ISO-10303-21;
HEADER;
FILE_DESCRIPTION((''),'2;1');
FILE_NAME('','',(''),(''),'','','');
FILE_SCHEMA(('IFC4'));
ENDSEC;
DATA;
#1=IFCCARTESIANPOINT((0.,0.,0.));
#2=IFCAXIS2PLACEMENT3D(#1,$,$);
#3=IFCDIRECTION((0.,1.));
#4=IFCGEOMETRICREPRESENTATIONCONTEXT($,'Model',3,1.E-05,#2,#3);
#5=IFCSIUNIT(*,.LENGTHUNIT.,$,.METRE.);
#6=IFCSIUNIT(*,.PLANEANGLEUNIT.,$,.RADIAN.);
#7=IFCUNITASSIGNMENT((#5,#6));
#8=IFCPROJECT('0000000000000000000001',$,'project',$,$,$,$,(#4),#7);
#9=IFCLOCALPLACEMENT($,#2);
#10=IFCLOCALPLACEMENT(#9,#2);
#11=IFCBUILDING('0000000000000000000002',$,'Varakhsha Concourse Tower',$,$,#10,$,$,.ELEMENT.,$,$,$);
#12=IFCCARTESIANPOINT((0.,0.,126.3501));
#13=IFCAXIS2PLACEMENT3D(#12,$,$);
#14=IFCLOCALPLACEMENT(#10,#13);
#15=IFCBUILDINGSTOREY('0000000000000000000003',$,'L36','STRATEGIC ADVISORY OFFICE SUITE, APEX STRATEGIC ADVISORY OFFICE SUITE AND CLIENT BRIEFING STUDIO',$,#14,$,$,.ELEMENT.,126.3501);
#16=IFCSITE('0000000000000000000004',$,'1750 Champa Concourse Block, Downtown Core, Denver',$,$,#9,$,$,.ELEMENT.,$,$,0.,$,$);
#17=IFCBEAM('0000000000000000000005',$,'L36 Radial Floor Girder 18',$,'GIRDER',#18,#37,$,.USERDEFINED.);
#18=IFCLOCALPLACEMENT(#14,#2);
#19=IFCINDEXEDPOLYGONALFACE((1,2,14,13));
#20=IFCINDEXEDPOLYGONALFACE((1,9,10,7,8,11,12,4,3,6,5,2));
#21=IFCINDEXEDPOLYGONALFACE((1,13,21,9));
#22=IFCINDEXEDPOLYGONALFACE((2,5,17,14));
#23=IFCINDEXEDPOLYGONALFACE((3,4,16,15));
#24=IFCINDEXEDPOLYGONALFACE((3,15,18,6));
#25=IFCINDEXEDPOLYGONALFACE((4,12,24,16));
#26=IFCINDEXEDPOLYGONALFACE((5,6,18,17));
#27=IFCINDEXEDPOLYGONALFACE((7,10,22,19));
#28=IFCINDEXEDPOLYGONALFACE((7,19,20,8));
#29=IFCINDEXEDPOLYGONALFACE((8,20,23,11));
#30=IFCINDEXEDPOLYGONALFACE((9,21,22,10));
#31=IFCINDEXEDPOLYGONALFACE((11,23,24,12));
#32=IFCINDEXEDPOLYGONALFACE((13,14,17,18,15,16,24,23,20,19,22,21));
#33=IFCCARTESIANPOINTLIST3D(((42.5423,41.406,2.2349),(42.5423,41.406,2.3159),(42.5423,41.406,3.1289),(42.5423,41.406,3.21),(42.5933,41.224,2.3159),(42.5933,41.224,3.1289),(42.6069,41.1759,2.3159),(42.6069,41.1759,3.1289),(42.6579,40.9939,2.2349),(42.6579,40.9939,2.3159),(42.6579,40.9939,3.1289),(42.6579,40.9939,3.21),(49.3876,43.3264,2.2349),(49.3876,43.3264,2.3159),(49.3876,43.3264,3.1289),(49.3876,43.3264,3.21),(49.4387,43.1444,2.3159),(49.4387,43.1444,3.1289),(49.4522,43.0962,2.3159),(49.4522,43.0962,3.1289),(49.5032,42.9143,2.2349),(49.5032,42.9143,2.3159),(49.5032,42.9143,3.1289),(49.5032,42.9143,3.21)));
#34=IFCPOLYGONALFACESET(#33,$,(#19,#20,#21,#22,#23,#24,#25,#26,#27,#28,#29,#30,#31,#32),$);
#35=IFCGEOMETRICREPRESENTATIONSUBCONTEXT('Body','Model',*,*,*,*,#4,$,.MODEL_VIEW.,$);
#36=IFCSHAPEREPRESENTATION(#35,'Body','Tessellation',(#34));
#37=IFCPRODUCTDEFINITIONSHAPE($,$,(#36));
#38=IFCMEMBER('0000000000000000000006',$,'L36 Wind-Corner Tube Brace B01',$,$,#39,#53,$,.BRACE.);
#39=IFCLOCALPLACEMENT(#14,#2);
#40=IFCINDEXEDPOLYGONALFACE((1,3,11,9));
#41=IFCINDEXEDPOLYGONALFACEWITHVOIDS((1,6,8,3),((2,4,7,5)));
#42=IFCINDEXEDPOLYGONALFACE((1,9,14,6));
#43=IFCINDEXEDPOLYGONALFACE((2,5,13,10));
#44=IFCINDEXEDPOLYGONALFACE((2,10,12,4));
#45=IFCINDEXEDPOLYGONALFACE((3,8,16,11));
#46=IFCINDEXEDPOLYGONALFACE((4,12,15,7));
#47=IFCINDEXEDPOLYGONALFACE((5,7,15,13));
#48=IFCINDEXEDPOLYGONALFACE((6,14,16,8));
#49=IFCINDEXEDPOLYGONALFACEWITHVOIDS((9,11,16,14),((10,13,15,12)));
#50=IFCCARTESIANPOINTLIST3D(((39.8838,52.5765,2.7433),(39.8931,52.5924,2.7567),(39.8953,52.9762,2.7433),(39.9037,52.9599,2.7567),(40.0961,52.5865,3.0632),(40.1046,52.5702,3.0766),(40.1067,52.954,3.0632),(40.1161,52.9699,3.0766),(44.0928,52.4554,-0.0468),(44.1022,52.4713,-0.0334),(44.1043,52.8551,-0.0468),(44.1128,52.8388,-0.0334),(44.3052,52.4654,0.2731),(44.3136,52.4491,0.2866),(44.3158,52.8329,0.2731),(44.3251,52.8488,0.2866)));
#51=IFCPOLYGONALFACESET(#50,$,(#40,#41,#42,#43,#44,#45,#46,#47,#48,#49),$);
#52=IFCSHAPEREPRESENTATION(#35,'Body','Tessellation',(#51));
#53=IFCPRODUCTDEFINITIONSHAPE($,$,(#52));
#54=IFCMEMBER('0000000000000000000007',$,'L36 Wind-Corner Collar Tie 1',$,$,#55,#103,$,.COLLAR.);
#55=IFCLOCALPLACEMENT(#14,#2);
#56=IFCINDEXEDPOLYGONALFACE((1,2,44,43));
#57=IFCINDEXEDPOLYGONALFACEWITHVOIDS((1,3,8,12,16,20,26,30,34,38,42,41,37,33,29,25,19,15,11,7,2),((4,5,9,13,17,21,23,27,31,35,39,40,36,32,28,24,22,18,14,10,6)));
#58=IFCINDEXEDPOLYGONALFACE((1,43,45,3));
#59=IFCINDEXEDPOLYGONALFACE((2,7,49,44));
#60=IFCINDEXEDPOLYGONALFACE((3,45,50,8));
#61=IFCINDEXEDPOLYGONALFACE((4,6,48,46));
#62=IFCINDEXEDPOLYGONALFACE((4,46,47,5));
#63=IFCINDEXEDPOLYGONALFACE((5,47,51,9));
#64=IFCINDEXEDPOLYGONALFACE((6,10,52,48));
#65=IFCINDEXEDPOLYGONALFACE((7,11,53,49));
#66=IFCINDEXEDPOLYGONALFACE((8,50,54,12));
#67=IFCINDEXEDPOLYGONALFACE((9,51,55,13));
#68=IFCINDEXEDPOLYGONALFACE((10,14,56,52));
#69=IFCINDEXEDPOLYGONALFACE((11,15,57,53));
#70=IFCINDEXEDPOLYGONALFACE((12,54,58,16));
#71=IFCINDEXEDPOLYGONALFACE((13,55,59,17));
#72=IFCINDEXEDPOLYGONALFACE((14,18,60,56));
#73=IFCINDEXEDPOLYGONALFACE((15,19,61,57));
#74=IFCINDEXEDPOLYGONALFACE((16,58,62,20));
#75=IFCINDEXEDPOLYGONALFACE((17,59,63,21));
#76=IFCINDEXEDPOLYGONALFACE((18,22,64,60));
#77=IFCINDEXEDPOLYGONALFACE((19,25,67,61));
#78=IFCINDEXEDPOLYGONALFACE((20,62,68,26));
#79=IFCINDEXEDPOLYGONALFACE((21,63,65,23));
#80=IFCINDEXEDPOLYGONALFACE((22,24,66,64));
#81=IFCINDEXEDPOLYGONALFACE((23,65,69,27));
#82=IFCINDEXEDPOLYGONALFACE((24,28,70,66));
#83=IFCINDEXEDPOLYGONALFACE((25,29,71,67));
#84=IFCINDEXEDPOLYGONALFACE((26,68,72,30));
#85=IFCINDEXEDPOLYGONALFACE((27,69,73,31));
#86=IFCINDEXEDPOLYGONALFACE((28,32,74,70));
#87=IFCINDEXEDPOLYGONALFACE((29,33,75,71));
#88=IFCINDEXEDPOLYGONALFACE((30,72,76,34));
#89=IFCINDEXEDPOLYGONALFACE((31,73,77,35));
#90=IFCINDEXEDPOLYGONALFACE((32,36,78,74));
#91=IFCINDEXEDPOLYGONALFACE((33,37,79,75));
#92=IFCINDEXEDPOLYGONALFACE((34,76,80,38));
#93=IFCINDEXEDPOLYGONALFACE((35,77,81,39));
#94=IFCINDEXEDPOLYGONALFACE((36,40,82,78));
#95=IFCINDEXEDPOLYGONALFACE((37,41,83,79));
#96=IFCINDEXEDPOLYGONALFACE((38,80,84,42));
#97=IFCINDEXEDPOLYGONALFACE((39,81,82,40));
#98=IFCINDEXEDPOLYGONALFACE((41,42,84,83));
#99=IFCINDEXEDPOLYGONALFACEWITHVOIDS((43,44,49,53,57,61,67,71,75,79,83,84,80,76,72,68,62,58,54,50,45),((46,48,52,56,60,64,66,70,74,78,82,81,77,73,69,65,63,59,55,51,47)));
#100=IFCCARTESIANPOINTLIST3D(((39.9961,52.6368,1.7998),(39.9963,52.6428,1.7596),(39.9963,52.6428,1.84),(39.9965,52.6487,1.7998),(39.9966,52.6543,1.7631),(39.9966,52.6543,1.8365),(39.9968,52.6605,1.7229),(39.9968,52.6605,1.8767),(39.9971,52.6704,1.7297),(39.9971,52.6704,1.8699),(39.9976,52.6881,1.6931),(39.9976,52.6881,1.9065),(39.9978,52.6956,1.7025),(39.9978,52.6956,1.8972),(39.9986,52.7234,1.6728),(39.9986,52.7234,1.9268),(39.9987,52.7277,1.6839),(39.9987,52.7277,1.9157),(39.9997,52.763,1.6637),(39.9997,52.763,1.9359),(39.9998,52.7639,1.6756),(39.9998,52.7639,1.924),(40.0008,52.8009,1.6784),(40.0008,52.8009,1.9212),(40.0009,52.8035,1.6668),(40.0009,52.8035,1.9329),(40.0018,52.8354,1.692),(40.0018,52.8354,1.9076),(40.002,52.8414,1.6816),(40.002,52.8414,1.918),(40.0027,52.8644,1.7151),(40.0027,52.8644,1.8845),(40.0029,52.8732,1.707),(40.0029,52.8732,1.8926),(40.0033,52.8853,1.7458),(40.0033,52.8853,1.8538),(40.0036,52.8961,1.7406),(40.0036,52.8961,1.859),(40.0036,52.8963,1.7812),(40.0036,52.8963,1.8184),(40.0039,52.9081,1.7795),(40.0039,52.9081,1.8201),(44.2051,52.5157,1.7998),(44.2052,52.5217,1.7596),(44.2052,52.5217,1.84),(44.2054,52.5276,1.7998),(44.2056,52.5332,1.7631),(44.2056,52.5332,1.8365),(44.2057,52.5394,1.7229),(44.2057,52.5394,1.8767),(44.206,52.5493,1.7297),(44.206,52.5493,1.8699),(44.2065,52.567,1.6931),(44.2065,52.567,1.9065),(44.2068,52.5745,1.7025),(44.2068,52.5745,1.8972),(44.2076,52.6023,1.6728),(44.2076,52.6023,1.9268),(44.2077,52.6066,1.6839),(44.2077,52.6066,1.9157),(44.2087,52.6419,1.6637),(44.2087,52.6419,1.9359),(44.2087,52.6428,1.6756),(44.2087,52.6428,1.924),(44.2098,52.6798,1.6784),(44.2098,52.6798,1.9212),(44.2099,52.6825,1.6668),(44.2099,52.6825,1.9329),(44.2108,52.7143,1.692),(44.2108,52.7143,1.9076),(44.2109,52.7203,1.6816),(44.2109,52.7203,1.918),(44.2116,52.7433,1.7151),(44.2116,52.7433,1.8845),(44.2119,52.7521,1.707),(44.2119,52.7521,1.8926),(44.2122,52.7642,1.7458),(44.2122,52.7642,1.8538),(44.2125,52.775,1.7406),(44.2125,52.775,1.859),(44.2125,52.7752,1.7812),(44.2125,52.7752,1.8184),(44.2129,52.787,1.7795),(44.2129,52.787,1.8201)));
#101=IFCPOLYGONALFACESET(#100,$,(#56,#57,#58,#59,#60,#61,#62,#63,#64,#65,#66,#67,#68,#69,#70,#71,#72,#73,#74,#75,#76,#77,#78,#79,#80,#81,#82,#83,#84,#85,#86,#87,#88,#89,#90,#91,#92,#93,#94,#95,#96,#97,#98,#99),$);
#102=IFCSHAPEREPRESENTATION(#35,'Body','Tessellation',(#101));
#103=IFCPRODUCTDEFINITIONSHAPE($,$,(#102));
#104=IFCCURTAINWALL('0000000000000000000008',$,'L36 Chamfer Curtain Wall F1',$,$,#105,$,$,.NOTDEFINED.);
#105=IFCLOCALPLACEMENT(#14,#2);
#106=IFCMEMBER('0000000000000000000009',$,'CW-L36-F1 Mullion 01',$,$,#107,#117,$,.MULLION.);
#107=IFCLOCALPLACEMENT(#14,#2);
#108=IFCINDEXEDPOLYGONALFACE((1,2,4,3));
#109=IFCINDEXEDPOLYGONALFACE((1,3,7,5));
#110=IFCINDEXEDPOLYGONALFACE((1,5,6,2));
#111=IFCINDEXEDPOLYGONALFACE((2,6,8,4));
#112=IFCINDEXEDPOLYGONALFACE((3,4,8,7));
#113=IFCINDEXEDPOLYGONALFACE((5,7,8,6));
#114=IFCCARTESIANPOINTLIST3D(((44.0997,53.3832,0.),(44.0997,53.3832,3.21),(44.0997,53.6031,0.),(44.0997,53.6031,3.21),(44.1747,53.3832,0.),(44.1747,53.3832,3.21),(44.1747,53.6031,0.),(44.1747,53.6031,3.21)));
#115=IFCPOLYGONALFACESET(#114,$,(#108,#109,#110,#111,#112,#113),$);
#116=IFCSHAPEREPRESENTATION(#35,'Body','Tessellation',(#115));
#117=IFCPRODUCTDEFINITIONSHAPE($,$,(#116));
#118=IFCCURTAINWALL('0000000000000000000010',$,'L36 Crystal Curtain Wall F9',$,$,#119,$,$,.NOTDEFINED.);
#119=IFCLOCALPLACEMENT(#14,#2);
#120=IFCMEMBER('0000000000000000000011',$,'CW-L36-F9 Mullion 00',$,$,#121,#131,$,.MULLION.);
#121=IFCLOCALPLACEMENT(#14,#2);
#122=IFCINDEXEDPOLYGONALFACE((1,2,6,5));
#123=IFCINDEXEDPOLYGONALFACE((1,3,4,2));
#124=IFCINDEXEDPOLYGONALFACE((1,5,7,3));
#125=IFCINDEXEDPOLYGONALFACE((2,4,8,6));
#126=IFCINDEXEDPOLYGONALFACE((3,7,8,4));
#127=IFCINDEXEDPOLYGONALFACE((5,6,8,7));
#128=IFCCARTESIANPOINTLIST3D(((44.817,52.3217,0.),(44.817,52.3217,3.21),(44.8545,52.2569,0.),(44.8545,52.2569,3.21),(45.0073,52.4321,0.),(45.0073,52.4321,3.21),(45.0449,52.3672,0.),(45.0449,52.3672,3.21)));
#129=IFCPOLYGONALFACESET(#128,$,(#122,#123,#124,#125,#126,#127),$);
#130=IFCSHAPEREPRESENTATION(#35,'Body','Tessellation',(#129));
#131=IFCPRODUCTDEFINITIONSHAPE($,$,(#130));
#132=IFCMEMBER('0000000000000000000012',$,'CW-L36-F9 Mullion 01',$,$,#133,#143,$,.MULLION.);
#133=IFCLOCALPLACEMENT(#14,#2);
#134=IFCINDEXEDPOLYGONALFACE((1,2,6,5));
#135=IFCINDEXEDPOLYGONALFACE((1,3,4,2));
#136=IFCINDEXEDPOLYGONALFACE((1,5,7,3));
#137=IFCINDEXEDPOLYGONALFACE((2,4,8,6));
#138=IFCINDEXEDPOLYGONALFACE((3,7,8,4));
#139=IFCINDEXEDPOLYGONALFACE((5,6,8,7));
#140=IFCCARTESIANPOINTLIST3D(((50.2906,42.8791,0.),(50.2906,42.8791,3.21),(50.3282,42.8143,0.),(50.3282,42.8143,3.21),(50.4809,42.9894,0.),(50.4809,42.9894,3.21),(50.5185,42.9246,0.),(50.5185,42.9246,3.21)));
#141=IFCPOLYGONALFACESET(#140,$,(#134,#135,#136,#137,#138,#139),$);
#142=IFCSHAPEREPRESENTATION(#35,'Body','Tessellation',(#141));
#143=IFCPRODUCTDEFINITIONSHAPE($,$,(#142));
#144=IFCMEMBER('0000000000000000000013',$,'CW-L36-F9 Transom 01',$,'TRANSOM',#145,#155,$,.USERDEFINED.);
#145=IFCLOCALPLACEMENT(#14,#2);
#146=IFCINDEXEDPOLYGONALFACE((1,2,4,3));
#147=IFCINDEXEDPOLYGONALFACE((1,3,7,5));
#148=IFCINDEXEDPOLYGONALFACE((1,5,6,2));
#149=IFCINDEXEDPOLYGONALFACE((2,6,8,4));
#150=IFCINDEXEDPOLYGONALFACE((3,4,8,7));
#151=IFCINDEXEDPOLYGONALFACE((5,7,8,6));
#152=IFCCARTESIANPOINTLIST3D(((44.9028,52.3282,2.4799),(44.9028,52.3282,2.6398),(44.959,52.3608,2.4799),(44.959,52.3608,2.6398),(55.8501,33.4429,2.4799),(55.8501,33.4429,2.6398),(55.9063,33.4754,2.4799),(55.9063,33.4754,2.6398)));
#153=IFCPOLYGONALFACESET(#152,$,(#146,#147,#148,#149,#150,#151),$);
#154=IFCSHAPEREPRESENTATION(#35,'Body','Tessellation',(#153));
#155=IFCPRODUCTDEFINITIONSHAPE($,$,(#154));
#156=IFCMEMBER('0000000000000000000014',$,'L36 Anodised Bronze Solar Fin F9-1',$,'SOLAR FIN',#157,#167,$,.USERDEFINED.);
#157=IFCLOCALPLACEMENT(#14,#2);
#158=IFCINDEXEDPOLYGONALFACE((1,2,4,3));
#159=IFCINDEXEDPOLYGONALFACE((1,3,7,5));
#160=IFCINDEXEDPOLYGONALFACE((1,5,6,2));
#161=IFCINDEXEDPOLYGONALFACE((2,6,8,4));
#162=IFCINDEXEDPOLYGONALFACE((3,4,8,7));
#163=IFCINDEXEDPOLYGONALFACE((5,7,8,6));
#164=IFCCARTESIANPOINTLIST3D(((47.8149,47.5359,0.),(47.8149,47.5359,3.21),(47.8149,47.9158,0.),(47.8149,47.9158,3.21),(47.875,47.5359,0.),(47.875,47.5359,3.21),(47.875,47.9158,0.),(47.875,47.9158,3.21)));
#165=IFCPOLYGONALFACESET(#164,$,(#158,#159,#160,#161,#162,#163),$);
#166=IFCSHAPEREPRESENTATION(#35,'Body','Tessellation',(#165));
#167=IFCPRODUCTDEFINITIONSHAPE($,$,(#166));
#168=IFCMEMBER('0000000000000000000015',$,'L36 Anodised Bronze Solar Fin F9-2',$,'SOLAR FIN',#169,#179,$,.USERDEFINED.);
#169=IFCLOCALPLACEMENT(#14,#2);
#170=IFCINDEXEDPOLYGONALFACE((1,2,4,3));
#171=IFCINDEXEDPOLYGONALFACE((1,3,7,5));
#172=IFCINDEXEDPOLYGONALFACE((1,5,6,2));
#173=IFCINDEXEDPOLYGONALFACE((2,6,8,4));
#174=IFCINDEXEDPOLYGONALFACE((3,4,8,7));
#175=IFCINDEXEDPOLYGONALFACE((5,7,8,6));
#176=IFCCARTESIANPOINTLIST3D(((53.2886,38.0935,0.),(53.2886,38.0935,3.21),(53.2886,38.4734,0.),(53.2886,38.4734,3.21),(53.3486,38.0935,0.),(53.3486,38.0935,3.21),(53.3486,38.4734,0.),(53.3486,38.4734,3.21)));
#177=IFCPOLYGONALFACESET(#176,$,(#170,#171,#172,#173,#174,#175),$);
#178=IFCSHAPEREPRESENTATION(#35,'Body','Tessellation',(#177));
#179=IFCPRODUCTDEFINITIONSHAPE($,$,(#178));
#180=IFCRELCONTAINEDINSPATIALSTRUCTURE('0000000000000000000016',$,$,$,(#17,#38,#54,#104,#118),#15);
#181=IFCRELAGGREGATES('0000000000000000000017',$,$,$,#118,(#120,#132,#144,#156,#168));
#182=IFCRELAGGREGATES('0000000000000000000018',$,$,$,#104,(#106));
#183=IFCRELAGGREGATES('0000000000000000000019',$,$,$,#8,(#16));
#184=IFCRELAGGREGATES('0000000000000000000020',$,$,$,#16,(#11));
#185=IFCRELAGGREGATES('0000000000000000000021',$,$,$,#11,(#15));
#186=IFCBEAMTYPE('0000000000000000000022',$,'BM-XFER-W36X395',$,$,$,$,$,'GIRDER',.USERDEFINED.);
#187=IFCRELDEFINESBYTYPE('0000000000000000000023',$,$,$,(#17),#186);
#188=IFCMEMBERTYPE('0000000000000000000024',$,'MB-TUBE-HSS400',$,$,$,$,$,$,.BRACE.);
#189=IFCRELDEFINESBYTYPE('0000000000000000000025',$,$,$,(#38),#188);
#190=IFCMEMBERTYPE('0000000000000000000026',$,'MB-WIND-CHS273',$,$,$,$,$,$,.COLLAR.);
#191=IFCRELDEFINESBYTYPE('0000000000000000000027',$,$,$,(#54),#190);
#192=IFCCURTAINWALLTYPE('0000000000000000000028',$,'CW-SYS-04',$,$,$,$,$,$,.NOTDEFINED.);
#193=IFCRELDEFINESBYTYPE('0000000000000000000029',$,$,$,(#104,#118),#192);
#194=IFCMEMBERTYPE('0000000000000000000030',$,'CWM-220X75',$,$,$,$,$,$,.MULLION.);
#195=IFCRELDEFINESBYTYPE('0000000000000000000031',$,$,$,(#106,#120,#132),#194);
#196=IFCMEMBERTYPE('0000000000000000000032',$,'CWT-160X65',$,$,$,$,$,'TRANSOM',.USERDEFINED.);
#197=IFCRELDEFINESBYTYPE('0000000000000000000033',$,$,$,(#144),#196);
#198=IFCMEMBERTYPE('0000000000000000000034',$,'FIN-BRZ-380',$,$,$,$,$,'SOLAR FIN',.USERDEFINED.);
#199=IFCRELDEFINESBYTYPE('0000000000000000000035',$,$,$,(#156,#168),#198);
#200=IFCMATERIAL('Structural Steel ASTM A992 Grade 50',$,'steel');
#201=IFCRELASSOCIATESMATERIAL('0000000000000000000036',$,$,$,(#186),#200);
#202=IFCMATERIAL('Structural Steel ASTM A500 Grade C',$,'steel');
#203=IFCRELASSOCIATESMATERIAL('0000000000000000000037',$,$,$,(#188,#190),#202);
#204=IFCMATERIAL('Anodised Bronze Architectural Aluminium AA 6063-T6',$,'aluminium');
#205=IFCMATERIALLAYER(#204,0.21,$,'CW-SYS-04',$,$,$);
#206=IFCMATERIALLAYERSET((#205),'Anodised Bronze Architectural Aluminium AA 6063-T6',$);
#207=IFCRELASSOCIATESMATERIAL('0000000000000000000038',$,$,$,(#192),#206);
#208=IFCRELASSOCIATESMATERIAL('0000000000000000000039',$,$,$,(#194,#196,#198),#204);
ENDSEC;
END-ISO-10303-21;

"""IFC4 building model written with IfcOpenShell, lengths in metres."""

from ifc_helpers import new_model, si_unit, direction, frame, origin, origin_2d, place, context, subcontext, project, spatial, rectangle, hollow_rectangle, hollow_circle, i_section, extrude, source, transform, mapped, material, layer, layer_set, material_profile, profile_set, type_object, type_shapes, element, aggregate, save


model = new_model("IFC4")

# Units and contexts
model_context = context("Model", 3, precision=1e-05, world=origin(), true_north=direction((0.0, 1.0)))
body_context = subcontext(model_context, "Body", "Model", "MODEL_VIEW")
ifc_project = project(units=[si_unit("LENGTHUNIT", "METRE"), si_unit("PLANEANGLEUNIT", "RADIAN")], contexts=[model_context])

# Site, building, storey
site_placement = place(None, origin())
site = spatial("IfcSite", under=ifc_project, at=site_placement, Name="1750 Champa Concourse Block, Downtown Core, Denver", CompositionType="ELEMENT", RefElevation=0.0)
building_placement = place(site_placement, origin())
building = spatial("IfcBuilding", under=site, at=building_placement, Name="Varakhsha Concourse Tower", CompositionType="ELEMENT")
storey_placement = place(building_placement, frame((0.0, 0.0, 126.3501)))
storey = spatial("IfcBuildingStorey", under=building, at=storey_placement, Name="L36", Description="STRATEGIC ADVISORY OFFICE SUITE, APEX STRATEGIC ADVISORY OFFICE SUITE AND CLIENT BRIEFING STUDIO", CompositionType="ELEMENT", Elevation=126.3501)

# Shared definitions
ifc_material_1 = material(Name="Structural Steel ASTM A992 Grade 50", Category="steel")

# Beam
ifc_material_profile_1 = material_profile(ifc_material_1, i_section(OverallWidth=0.428, OverallDepth=0.9751, WebThickness=0.05, FlangeThickness=0.0811, at=origin_2d()), Name="W36X395")
ifc_profile_set_1 = profile_set([ifc_material_profile_1], Name="Structural Steel ASTM A992 Grade 50")
beam_type_1 = type_object("IfcBeamType", Name="BM-XFER-W36X395", ElementType="GIRDER", PredefinedType="USERDEFINED", material=ifc_profile_set_1)
beam_1_placement = place(storey_placement, frame((42.6001, 41.2, 2.7224), z_axis=(0.962829, 0.27011, 0.0), x_axis=(-0.27011, 0.962829, 0.0)))
element("IfcBeam", 1, at=beam_1_placement, inside=storey, type_object=beam_type_1, Name="L36 Radial Floor Girder 18", ObjectType="GIRDER", PredefinedType="USERDEFINED", context=body_context, shape_type="SweptSolid", body=[
    extrude(i_section(OverallWidth=0.428, OverallDepth=0.9751, WebThickness=0.05, FlangeThickness=0.0811, at=origin_2d()), origin(), (0.0, 0.0, 1.0), 7.1096),
])

# Members
ifc_material_2 = material(Name="Structural Steel ASTM A500 Grade C", Category="steel")
ifc_material_profile_2 = material_profile(ifc_material_2, hollow_rectangle(XDim=0.3999, YDim=0.3999, WallThickness=0.0161, at=origin_2d()), Name="HSS 400x400x16")
ifc_profile_set_2 = profile_set([ifc_material_profile_2], Name="Structural Steel ASTM A500 Grade C")
member_type_1 = type_object("IfcMemberType", Name="MB-TUBE-HSS400", PredefinedType="BRACE", material=ifc_profile_set_2)
shared_shape_1 = source(origin(), body_context, "Body", "SweptSolid", [
    extrude(hollow_rectangle(XDim=0.3999, YDim=0.3999, WallThickness=0.0161, at=origin_2d()), origin(), (0.0, 0.0, 1.0), 5.0513),
])
type_shapes(member_type_1, [shared_shape_1])
member_1_placement = place(storey_placement, frame((44.209, 52.6521, 0.1199), z_axis=(-0.833266, 0.023973, 0.552353), x_axis=(-0.028758, -0.999586, 0.0)))
element("IfcMember", 2, at=member_1_placement, inside=storey, type_object=member_type_1, Name="L36 Wind-Corner Tube Brace B01", PredefinedType="BRACE", context=body_context, shape_type="MappedRepresentation", body=[
    mapped(shared_shape_1, transform((0.0, 0.0, 0.0), scale=1.0)),
])
ifc_material_profile_3 = material_profile(ifc_material_2, hollow_circle(Radius=0.1365, WallThickness=0.012, at=origin_2d()), Name="CHS 273x12")
ifc_profile_set_3 = profile_set([ifc_material_profile_3], Name="Structural Steel ASTM A500 Grade C")
member_type_2 = type_object("IfcMemberType", Name="MB-WIND-CHS273", PredefinedType="COLLAR", material=ifc_profile_set_3)
shared_shape_2 = source(origin(), body_context, "Body", "SweptSolid", [
    extrude(hollow_circle(Radius=0.1365, WallThickness=0.012, at=origin_2d()), origin(), (0.0, 0.0, 1.0), 4.2107),
])
type_shapes(member_type_2, [shared_shape_2])
member_2_placement = place(storey_placement, frame((44.209, 52.6521, 1.7998), z_axis=(-0.999586, 0.028758, 0.0), x_axis=(-0.028758, -0.999586, 0.0)))
element("IfcMember", 3, at=member_2_placement, inside=storey, type_object=member_type_2, Name="L36 Wind-Corner Collar Tie 1", PredefinedType="COLLAR", context=body_context, shape_type="MappedRepresentation", body=[
    mapped(shared_shape_2, transform((0.0, 0.0, 0.0), scale=1.0)),
])

# Curtain wall, member
ifc_material_3 = material(Name="Anodised Bronze Architectural Aluminium AA 6063-T6", Category="aluminium")
ifc_layer_1 = layer(ifc_material_3, 0.21, Name="CW-SYS-04")
ifc_layer_set_1 = layer_set([ifc_layer_1], Name="Anodised Bronze Architectural Aluminium AA 6063-T6")
curtain_wall_type = type_object("IfcCurtainWallType", Name="CW-SYS-04", PredefinedType="NOTDEFINED", material=ifc_layer_set_1)
curtain_wall_1_placement = place(storey_placement, origin())
curtain_wall_1 = element("IfcCurtainWall", 4, at=curtain_wall_1_placement, inside=storey, type_object=curtain_wall_type, Name="L36 Chamfer Curtain Wall F1", PredefinedType="NOTDEFINED")
ifc_material_profile_4 = material_profile(ifc_material_3, rectangle(XDim=0.075, YDim=0.22, at=origin_2d()), Name="CWM-220X75")
ifc_profile_set_4 = profile_set([ifc_material_profile_4], Name="Anodised Bronze Architectural Aluminium AA 6063-T6")
member_type_3 = type_object("IfcMemberType", Name="CWM-220X75", PredefinedType="MULLION", material=ifc_profile_set_4)
shared_shape_3 = source(origin(), body_context, "Body", "SweptSolid", [
    extrude(rectangle(XDim=0.075, YDim=0.22, at=origin_2d()), origin(), (0.0, 0.0, 1.0), 3.21),
])
type_shapes(member_type_3, [shared_shape_3])
member_3_placement = place(storey_placement, frame((44.1372, 53.4932, 0.0), z_axis=(0.0, 0.0, 1.0), x_axis=(1.0, 0.0, 0.0)))
member_3 = element("IfcMember", 5, at=member_3_placement, type_object=member_type_3, Name="CW-L36-F1 Mullion 01", PredefinedType="MULLION", context=body_context, shape_type="MappedRepresentation", body=[
    mapped(shared_shape_3, transform((0.0, 0.0, 0.0), scale=1.0)),
])

# Curtain wall, members
curtain_wall_2_placement = place(storey_placement, origin())
curtain_wall_2 = element("IfcCurtainWall", 6, at=curtain_wall_2_placement, inside=storey, type_object=curtain_wall_type, Name="L36 Crystal Curtain Wall F9", PredefinedType="NOTDEFINED")
member_4_placement = place(storey_placement, frame((44.9309, 52.3445, 0.0), z_axis=(0.0, 0.0, 1.0), x_axis=(0.501514, -0.86515, 0.0)))
member_4 = element("IfcMember", 7, at=member_4_placement, type_object=member_type_3, Name="CW-L36-F9 Mullion 00", PredefinedType="MULLION", context=body_context, shape_type="MappedRepresentation", body=[
    mapped(shared_shape_3, transform((0.0, 0.0, 0.0), scale=1.0)),
])
member_5_placement = place(storey_placement, frame((50.4045, 42.9019, 0.0), z_axis=(0.0, 0.0, 1.0), x_axis=(0.501514, -0.86515, 0.0)))
member_5 = element("IfcMember", 8, at=member_5_placement, type_object=member_type_3, Name="CW-L36-F9 Mullion 01", PredefinedType="MULLION", context=body_context, shape_type="MappedRepresentation", body=[
    mapped(shared_shape_3, transform((0.0, 0.0, 0.0), scale=1.0)),
])
ifc_material_profile_5 = material_profile(ifc_material_3, rectangle(XDim=0.0649, YDim=0.1599, at=origin_2d()), Name="CWT-160X65")
ifc_profile_set_5 = profile_set([ifc_material_profile_5], Name="Anodised Bronze Architectural Aluminium AA 6063-T6")
member_type_4 = type_object("IfcMemberType", Name="CWT-160X65", ElementType="TRANSOM", PredefinedType="USERDEFINED", material=ifc_profile_set_5)
shared_shape_4 = source(origin(), body_context, "Body", "SweptSolid", [
    extrude(rectangle(XDim=0.0649, YDim=0.1599, at=origin_2d()), origin(), (0.0, 0.0, 1.0), 21.8289),
])
type_shapes(member_type_4, [shared_shape_4])
member_6_placement = place(storey_placement, frame((44.9309, 52.3445, 2.5598), z_axis=(0.501506, -0.865154, 0.0), x_axis=(0.865154, 0.501506, 0.0)))
member_6 = element("IfcMember", 9, at=member_6_placement, type_object=member_type_4, Name="CW-L36-F9 Transom 01", ObjectType="TRANSOM", PredefinedType="USERDEFINED", context=body_context, shape_type="MappedRepresentation", body=[
    mapped(shared_shape_4, transform((0.0, 0.0, 0.0), scale=1.0)),
])
ifc_material_profile_6 = material_profile(ifc_material_3, rectangle(XDim=0.0601, YDim=0.3799, at=origin_2d()), Name="FIN-BRZ-380")
ifc_profile_set_6 = profile_set([ifc_material_profile_6], Name="Anodised Bronze Architectural Aluminium AA 6063-T6")
member_type_5 = type_object("IfcMemberType", Name="FIN-BRZ-380", ElementType="SOLAR FIN", PredefinedType="USERDEFINED", material=ifc_profile_set_6)
shared_shape_5 = source(origin(), body_context, "Body", "SweptSolid", [
    extrude(rectangle(XDim=0.0601, YDim=0.3799, at=origin_2d()), origin(), (0.0, 0.0, 1.0), 3.21),
])
type_shapes(member_type_5, [shared_shape_5])
member_7_placement = place(storey_placement, frame((47.845, 47.7258, 0.0), z_axis=(0.0, 0.0, 1.0), x_axis=(1.0, 0.0, 0.0)))
member_7 = element("IfcMember", 10, at=member_7_placement, type_object=member_type_5, Name="L36 Anodised Bronze Solar Fin F9-1", ObjectType="SOLAR FIN", PredefinedType="USERDEFINED", context=body_context, shape_type="MappedRepresentation", body=[
    mapped(shared_shape_5, transform((0.0, 0.0, 0.0), scale=1.0)),
])
member_8_placement = place(storey_placement, frame((53.3186, 38.2834, 0.0), z_axis=(0.0, 0.0, 1.0), x_axis=(1.0, 0.0, 0.0)))
member_8 = element("IfcMember", 11, at=member_8_placement, type_object=member_type_5, Name="L36 Anodised Bronze Solar Fin F9-2", ObjectType="SOLAR FIN", PredefinedType="USERDEFINED", context=body_context, shape_type="MappedRepresentation", body=[
    mapped(shared_shape_5, transform((0.0, 0.0, 0.0), scale=1.0)),
])

aggregate(curtain_wall_2, [member_4, member_5, member_6, member_7, member_8])
aggregate(curtain_wall_1, [member_3])

save(model, "model.ifc")
